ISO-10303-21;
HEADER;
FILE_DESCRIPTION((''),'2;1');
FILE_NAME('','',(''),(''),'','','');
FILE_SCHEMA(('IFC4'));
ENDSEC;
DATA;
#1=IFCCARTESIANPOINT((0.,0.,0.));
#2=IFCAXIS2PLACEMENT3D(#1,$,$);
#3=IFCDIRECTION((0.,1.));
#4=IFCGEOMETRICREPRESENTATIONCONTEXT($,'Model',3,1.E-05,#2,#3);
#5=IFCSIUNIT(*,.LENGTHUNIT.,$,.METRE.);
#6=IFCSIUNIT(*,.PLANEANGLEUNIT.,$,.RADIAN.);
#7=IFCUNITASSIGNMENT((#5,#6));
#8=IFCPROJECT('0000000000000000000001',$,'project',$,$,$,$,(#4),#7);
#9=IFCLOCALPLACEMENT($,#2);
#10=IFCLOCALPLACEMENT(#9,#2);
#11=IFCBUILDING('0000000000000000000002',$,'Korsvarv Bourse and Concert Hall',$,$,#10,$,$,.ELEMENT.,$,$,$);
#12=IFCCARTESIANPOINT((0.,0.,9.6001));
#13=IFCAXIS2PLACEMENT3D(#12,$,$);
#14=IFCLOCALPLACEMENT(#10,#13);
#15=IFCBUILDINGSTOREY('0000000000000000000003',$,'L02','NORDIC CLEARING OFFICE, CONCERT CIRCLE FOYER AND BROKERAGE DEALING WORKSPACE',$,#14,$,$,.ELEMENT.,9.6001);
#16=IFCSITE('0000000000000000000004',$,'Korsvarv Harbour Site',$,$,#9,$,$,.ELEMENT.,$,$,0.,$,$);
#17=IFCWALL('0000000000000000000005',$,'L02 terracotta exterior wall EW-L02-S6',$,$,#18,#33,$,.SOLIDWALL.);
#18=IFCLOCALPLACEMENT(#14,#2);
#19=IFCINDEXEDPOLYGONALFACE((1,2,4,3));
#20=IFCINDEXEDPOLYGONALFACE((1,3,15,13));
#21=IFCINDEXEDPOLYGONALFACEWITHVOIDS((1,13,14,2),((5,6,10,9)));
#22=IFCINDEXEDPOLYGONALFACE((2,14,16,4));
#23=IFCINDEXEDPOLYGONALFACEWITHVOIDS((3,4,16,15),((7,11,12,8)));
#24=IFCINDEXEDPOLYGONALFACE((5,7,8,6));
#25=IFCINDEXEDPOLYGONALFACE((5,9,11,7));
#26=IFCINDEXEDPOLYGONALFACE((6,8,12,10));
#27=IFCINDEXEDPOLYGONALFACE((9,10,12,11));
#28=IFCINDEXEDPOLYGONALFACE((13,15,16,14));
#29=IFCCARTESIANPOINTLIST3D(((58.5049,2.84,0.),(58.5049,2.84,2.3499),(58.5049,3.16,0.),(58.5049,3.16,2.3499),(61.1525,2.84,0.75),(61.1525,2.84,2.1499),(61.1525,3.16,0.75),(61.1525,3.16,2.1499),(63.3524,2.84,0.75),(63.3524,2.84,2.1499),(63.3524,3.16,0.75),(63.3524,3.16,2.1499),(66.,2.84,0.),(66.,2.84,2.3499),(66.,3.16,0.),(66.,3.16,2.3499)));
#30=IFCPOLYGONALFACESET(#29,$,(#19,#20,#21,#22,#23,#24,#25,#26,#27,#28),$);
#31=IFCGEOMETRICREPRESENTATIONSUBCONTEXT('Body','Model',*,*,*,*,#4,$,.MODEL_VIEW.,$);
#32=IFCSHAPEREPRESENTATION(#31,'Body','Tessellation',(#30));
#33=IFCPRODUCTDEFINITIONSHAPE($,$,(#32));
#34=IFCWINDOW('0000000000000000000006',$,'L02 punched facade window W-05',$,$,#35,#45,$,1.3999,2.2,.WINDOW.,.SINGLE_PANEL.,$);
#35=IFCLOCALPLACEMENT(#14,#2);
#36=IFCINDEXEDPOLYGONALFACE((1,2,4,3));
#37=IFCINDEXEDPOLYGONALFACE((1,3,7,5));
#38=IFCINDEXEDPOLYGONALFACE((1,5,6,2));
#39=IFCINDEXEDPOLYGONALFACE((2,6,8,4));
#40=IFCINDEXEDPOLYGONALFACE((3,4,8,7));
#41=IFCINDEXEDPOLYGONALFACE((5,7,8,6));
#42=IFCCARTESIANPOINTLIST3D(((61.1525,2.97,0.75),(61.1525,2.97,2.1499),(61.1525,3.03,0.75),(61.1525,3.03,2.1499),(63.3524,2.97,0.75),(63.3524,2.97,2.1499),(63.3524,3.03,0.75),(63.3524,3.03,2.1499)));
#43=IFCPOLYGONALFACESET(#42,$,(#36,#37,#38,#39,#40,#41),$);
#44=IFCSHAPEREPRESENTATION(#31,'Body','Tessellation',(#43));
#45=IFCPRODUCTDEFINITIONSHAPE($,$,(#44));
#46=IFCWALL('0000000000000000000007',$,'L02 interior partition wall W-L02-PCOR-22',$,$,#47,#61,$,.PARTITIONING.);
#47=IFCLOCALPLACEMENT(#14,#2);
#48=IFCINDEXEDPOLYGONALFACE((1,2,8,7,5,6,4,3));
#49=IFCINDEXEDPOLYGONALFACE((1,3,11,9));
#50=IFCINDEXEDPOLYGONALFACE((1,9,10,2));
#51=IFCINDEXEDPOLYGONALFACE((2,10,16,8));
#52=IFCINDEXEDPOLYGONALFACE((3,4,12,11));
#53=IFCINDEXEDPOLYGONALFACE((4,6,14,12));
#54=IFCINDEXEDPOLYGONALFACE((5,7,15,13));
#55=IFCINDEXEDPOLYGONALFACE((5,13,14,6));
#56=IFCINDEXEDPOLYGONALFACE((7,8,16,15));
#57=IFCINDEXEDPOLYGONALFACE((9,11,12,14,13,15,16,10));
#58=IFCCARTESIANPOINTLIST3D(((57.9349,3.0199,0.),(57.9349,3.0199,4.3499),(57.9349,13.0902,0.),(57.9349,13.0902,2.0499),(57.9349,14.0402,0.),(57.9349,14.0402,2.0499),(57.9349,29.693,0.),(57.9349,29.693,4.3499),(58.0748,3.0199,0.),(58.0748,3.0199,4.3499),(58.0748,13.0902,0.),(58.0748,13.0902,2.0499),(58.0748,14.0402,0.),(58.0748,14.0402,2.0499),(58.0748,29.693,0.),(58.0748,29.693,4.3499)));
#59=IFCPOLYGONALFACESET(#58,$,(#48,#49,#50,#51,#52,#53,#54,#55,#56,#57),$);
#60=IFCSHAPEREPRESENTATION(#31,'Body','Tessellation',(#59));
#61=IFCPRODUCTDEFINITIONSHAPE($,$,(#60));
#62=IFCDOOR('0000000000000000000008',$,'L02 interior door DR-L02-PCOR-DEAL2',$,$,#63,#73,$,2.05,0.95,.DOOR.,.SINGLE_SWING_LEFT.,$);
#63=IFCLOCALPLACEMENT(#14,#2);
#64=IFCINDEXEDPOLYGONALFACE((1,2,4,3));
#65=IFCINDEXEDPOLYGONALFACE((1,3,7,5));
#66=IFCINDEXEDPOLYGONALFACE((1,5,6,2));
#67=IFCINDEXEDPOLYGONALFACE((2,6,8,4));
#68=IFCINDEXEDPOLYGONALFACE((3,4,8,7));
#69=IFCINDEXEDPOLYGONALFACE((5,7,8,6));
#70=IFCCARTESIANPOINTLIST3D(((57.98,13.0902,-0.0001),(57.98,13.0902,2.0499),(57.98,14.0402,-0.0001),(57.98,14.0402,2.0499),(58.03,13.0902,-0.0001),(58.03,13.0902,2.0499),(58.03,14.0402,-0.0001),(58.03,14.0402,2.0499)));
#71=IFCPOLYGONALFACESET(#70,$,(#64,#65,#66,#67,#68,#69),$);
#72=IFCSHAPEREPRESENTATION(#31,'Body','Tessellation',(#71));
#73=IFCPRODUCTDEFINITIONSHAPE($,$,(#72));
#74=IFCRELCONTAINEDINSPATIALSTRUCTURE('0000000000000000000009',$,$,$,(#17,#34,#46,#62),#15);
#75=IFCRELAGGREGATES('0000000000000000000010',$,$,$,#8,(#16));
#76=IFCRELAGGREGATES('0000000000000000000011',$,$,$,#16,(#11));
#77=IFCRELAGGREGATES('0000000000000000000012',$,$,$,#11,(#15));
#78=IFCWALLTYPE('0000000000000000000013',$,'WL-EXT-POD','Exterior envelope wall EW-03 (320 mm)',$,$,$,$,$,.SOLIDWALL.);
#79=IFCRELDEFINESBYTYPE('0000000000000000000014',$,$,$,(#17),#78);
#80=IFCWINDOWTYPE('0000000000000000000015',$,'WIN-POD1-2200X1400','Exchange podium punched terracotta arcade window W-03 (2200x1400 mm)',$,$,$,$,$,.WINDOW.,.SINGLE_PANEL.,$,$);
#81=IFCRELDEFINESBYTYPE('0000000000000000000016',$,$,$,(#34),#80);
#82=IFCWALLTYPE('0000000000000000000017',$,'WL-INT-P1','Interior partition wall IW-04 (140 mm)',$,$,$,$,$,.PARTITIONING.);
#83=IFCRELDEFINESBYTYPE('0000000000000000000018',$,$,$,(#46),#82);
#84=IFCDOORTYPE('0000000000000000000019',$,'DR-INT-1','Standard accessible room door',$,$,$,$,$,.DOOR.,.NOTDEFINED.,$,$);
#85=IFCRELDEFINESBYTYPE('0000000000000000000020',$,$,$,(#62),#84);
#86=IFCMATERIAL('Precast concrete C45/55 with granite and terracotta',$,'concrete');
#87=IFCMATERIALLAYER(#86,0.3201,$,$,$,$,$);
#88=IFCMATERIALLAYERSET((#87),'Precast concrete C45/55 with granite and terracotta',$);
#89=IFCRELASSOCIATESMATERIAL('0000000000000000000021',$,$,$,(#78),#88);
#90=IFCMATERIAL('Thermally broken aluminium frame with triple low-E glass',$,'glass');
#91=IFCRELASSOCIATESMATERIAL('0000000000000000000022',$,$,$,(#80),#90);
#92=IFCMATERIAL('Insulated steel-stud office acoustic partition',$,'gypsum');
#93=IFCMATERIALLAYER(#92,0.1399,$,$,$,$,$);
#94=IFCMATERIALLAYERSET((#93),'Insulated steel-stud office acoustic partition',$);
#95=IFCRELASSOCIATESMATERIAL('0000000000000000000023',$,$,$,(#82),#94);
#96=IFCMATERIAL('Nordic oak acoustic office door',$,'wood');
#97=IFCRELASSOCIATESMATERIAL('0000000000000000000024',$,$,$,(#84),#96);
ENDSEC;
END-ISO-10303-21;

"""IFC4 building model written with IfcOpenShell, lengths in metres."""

from ifc_helpers import new_model, si_unit, direction, frame, frame_2d, origin, place, context, subcontext, project, spatial, rectangle, extrude, material, layer, layer_set, type_object, element, fill, save


model = new_model("IFC4")

# Units and contexts
model_context = context("Model", 3, precision=1e-05, world=origin(), true_north=direction((0.0, 1.0)))
body_context = subcontext(model_context, "Body", "Model", "MODEL_VIEW")
ifc_project = project(units=[si_unit("LENGTHUNIT", "METRE"), si_unit("PLANEANGLEUNIT", "RADIAN")], contexts=[model_context])

# Site, building, storey
site_placement = place(None, origin())
site = spatial("IfcSite", under=ifc_project, at=site_placement, Name="Korsvarv Harbour Site", CompositionType="ELEMENT", RefElevation=0.0)
building_placement = place(site_placement, origin())
building = spatial("IfcBuilding", under=site, at=building_placement, Name="Korsvarv Bourse and Concert Hall", CompositionType="ELEMENT")
storey_placement = place(building_placement, frame((0.0, 0.0, 9.6001)))
storey = spatial("IfcBuildingStorey", under=building, at=storey_placement, Name="L02", Description="NORDIC CLEARING OFFICE, CONCERT CIRCLE FOYER AND BROKERAGE DEALING WORKSPACE", CompositionType="ELEMENT", Elevation=9.6001)

# Wall, opening, window
ifc_material_1 = material(Name="Precast concrete C45/55 with granite and terracotta", Category="concrete")
ifc_layer_1 = layer(ifc_material_1, 0.3201)
ifc_layer_set_1 = layer_set([ifc_layer_1], Name="Precast concrete C45/55 with granite and terracotta")
wall_type_1 = type_object("IfcWallType", Name="WL-EXT-POD", Description="Exterior envelope wall EW-03 (320 mm)", PredefinedType="SOLIDWALL", material=ifc_layer_set_1)
wall_1_placement = place(storey_placement, frame((58.5049, 3.0, 0.0), z_axis=(0.0, 0.0, 1.0), x_axis=(1.0, 0.0, 0.0)))
wall_1 = element("IfcWall", 1, at=wall_1_placement, inside=storey, type_object=wall_type_1, Name="L02 terracotta exterior wall EW-L02-S6", PredefinedType="SOLIDWALL", context=body_context, shape_type="SweptSolid", body=[
    extrude(rectangle(XDim=7.4951, YDim=0.3201, at=frame_2d((3.7476, 0.0))), origin(), (0.0, 0.0, 1.0), 2.3499),
])
opening_1_placement = place(wall_1_placement, frame((2.6475, 0.0, 0.75)))
opening_1 = element("IfcOpeningElement", 2, at=opening_1_placement, cuts=wall_1, PredefinedType="OPENING", context=body_context, shape_type="SweptSolid", body=[
    extrude(rectangle(XDim=2.2, YDim=1.3999, at=frame_2d((1.1001, 0.7))), frame((0.0, 0.1699, 0.0), z_axis=(0.0, -1.0, 0.0), x_axis=(1.0, 0.0, 0.0)), (0.0, 0.0, 1.0), 0.3401),
])
ifc_material_2 = material(Name="Thermally broken aluminium frame with triple low-E glass", Category="glass")
window_type = type_object("IfcWindowType", Name="WIN-POD1-2200X1400", Description="Exchange podium punched terracotta arcade window W-03 (2200x1400 mm)", PartitioningType="SINGLE_PANEL", PredefinedType="WINDOW", material=ifc_material_2)
window_placement = place(opening_1_placement, origin())
window = element("IfcWindow", 3, at=window_placement, inside=storey, type_object=window_type, Name="L02 punched facade window W-05", OverallHeight=1.3999, OverallWidth=2.2, PartitioningType="SINGLE_PANEL", PredefinedType="WINDOW", context=body_context, shape_type="SweptSolid", body=[
    extrude(rectangle(XDim=2.2, YDim=1.3999, at=frame_2d((1.1001, 0.7))), frame((0.0, 0.03, 0.0), z_axis=(0.0, -1.0, 0.0), x_axis=(1.0, 0.0, 0.0)), (0.0, 0.0, 1.0), 0.0601),
])
fill(opening_1, window)

# Wall, opening, door
ifc_material_3 = material(Name="Insulated steel-stud office acoustic partition", Category="gypsum")
ifc_layer_2 = layer(ifc_material_3, 0.1399)
ifc_layer_set_2 = layer_set([ifc_layer_2], Name="Insulated steel-stud office acoustic partition")
wall_type_2 = type_object("IfcWallType", Name="WL-INT-P1", Description="Interior partition wall IW-04 (140 mm)", PredefinedType="PARTITIONING", material=ifc_layer_set_2)
wall_2_placement = place(storey_placement, frame((58.0049, 3.02, 0.0), z_axis=(0.0, 0.0, 1.0), x_axis=(0.0, 1.0, 0.0)))
wall_2 = element("IfcWall", 4, at=wall_2_placement, inside=storey, type_object=wall_type_2, Name="L02 interior partition wall W-L02-PCOR-22", PredefinedType="PARTITIONING", context=body_context, shape_type="SweptSolid", body=[
    extrude(rectangle(XDim=26.6731, YDim=0.1399, at=frame_2d((13.3364, 0.0))), origin(), (0.0, 0.0, 1.0), 4.3499),
])
opening_2_placement = place(wall_2_placement, frame((10.0701, 0.0, 0.0)))
opening_2 = element("IfcOpeningElement", 5, at=opening_2_placement, cuts=wall_2, PredefinedType="OPENING", context=body_context, shape_type="SweptSolid", body=[
    extrude(rectangle(XDim=0.95, YDim=2.05, at=frame_2d((0.4751, 1.0249))), frame((0.0, 0.0801, 0.0), z_axis=(0.0, -1.0, 0.0), x_axis=(1.0, 0.0, 0.0)), (0.0, 0.0, 1.0), 0.1599),
])
ifc_material_4 = material(Name="Nordic oak acoustic office door", Category="wood")
door_type = type_object("IfcDoorType", Name="DR-INT-1", Description="Standard accessible room door", OperationType="NOTDEFINED", PredefinedType="DOOR", material=ifc_material_4)
door_placement = place(opening_2_placement, origin())
door = element("IfcDoor", 6, at=door_placement, inside=storey, type_object=door_type, Name="L02 interior door DR-L02-PCOR-DEAL2", OperationType="SINGLE_SWING_LEFT", OverallHeight=2.05, OverallWidth=0.95, PredefinedType="DOOR", context=body_context, shape_type="SweptSolid", body=[
    extrude(rectangle(XDim=0.95, YDim=2.05, at=frame_2d((0.4751, 1.0249))), frame((0.0, 0.0249, 0.0), z_axis=(0.0, -1.0, 0.0), x_axis=(1.0, 0.0, 0.0)), (0.0, 0.0, 1.0), 0.05),
])
fill(opening_2, door)

save(model, "model.ifc")
